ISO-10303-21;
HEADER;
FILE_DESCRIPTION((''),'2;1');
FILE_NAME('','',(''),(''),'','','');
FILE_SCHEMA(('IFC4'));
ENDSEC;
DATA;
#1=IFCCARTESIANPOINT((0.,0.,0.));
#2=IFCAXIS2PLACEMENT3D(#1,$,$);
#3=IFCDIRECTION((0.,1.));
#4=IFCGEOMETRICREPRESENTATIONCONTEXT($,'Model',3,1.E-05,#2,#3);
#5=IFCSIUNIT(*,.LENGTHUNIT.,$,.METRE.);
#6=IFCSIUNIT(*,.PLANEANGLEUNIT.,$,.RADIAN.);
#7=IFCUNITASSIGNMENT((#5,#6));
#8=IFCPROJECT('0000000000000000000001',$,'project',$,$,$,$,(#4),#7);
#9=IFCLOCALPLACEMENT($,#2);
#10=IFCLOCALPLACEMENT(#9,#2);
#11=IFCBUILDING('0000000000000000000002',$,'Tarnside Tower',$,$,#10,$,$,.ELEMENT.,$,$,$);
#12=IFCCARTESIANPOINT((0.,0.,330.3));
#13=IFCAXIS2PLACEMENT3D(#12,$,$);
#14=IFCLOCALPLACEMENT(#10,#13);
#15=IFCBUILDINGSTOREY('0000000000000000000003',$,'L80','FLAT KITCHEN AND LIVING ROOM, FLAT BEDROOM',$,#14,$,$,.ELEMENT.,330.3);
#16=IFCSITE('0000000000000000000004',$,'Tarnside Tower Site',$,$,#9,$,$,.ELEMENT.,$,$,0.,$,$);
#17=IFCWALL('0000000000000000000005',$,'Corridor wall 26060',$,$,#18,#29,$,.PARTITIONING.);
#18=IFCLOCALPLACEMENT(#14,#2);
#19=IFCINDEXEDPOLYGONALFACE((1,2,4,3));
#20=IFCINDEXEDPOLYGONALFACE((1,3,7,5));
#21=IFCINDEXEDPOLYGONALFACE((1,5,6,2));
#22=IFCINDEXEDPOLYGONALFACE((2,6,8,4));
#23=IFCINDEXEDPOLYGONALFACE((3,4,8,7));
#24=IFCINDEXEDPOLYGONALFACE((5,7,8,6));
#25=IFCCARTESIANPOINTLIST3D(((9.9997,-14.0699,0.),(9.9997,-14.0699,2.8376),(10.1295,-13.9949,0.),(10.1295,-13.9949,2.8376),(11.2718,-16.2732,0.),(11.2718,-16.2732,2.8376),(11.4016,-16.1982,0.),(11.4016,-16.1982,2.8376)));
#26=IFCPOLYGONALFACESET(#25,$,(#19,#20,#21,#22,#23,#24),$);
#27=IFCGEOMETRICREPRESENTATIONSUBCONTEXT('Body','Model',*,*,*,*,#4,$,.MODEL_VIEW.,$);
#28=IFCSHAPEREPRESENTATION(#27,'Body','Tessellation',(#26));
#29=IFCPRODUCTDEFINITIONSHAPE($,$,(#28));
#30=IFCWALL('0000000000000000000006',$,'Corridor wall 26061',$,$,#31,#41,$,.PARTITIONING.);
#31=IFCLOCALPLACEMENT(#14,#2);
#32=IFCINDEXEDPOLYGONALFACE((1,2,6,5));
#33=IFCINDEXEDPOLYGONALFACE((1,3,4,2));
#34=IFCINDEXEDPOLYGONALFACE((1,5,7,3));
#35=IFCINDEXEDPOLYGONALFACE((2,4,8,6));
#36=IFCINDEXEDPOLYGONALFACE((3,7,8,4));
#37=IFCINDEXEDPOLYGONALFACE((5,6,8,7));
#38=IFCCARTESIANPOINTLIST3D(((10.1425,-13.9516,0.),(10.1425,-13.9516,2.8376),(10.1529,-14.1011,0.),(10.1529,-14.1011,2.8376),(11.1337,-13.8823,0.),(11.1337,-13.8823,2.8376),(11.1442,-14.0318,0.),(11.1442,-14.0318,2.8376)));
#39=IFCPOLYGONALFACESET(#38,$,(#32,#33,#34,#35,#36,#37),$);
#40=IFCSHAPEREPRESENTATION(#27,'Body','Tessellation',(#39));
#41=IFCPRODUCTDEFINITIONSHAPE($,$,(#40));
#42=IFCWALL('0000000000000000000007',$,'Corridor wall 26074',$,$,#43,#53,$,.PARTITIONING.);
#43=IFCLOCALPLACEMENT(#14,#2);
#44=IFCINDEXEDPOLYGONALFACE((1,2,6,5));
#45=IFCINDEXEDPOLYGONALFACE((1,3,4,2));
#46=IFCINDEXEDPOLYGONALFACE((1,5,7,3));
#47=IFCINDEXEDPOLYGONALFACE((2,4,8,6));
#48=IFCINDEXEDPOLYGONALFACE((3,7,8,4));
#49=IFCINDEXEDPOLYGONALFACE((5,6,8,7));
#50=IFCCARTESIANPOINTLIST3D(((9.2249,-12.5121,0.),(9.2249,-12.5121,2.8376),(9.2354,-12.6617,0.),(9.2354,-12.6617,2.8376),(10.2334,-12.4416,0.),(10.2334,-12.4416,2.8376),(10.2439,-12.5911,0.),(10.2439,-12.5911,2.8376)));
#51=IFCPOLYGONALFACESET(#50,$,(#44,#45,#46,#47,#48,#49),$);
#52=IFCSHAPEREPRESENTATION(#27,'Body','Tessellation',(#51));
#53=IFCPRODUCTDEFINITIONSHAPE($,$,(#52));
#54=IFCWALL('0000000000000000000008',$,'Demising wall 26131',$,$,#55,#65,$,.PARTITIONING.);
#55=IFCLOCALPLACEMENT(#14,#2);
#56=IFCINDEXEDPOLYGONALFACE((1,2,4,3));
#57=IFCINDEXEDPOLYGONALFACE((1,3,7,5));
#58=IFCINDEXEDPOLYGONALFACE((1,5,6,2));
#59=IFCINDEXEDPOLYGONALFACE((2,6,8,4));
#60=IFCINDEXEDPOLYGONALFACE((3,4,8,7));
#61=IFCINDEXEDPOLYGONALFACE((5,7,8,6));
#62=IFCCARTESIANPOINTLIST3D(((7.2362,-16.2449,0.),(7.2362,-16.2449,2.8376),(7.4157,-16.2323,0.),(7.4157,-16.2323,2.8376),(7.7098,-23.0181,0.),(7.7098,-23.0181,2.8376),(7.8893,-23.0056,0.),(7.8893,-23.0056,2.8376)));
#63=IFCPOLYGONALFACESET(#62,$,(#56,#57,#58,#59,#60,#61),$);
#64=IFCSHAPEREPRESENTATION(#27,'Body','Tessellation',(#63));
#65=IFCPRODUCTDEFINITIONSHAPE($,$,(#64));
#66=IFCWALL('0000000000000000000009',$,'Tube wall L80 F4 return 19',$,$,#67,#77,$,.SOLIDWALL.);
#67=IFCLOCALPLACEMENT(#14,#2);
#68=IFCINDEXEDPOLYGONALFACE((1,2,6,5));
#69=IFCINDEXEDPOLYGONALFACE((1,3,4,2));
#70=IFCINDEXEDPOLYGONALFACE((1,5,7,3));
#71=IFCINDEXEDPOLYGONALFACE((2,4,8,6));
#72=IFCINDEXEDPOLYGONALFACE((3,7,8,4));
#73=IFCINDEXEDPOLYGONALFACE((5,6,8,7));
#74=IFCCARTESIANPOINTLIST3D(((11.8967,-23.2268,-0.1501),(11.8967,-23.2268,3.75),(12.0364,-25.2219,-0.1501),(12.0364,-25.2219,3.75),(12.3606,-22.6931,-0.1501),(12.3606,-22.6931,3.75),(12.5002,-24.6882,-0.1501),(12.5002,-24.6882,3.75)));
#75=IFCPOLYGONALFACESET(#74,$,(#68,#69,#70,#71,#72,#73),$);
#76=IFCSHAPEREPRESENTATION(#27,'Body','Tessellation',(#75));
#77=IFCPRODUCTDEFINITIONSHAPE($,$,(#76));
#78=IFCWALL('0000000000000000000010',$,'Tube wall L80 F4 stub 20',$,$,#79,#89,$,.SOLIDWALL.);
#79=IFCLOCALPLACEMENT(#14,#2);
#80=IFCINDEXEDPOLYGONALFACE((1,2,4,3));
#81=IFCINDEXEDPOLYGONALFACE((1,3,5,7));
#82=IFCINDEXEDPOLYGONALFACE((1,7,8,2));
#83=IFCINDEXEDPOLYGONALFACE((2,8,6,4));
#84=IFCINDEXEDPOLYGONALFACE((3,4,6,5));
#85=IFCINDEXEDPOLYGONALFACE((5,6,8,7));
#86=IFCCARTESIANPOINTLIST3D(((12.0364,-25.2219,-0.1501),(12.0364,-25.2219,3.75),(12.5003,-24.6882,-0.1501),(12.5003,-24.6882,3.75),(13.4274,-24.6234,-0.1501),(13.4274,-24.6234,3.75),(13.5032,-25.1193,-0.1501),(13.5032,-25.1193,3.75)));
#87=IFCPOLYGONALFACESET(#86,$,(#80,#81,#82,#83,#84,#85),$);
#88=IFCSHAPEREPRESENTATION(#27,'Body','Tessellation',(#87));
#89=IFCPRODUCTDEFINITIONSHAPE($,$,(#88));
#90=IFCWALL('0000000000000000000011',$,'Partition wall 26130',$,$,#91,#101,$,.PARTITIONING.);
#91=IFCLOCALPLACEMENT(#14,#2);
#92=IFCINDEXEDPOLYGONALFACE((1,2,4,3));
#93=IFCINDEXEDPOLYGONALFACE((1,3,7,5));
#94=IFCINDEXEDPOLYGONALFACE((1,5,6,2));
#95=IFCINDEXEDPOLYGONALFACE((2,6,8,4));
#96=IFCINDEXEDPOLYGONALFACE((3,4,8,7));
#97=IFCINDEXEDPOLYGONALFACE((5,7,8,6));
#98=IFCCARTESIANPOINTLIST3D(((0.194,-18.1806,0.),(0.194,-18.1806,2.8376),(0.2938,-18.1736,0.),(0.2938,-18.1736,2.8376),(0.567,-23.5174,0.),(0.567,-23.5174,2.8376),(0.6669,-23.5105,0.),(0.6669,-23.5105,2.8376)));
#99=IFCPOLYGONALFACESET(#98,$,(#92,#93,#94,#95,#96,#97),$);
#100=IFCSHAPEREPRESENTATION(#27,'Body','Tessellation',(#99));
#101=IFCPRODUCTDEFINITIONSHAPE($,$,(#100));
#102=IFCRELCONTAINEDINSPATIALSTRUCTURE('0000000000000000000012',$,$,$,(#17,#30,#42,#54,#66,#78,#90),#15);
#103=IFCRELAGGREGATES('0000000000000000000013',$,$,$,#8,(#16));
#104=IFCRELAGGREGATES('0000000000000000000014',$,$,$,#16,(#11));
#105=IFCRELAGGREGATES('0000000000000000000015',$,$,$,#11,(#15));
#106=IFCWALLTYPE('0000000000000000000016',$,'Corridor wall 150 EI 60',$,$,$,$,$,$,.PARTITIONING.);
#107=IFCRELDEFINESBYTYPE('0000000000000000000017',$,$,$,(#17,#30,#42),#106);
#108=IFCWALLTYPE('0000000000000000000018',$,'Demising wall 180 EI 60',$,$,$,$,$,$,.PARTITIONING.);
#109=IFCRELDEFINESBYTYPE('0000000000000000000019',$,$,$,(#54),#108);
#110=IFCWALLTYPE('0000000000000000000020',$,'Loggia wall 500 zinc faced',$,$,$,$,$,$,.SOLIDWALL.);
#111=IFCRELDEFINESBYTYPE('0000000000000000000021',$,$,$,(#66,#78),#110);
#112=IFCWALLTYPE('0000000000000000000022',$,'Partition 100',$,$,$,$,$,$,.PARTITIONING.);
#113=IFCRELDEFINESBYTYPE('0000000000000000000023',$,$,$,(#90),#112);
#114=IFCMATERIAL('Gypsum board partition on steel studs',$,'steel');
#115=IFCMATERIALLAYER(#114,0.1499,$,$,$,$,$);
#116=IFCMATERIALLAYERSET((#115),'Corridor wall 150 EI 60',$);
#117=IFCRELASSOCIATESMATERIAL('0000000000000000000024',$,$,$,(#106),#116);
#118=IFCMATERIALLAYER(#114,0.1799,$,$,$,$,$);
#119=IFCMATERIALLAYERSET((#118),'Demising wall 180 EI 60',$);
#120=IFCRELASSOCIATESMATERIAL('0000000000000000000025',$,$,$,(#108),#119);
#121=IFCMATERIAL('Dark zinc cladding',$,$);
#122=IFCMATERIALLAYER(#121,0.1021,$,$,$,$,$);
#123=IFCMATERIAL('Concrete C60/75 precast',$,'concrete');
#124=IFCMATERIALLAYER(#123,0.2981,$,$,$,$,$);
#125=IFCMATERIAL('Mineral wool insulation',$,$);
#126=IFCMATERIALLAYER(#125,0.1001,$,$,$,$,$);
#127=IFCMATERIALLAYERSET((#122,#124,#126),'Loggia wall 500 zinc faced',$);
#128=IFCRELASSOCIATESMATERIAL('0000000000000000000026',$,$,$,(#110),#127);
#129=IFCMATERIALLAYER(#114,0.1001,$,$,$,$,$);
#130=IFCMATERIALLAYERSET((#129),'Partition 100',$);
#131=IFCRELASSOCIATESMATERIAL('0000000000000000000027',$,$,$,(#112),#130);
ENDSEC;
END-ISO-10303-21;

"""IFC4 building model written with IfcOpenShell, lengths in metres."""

from ifc_helpers import new_model, si_unit, direction, frame, frame_2d, origin, place, context, subcontext, project, spatial, polyline, rectangle, outline, extrude, material, layer, layer_set, type_object, element, save


model = new_model("IFC4")

# Units and contexts
model_context = context("Model", 3, precision=1e-05, world=origin(), true_north=direction((0.0, 1.0)))
body_context = subcontext(model_context, "Body", "Model", "MODEL_VIEW")
ifc_project = project(units=[si_unit("LENGTHUNIT", "METRE"), si_unit("PLANEANGLEUNIT", "RADIAN")], contexts=[model_context])

# Site, building, storey
site_placement = place(None, origin())
site = spatial("IfcSite", under=ifc_project, at=site_placement, Name="Tarnside Tower Site", CompositionType="ELEMENT", RefElevation=0.0)
building_placement = place(site_placement, origin())
building = spatial("IfcBuilding", under=site, at=building_placement, Name="Tarnside Tower", CompositionType="ELEMENT")
storey_placement = place(building_placement, frame((0.0, 0.0, 330.3)))
storey = spatial("IfcBuildingStorey", under=building, at=storey_placement, Name="L80", Description="FLAT KITCHEN AND LIVING ROOM, FLAT BEDROOM", CompositionType="ELEMENT", Elevation=330.3)

# Shared definitions
ifc_material_1 = material(Name="Gypsum board partition on steel studs", Category="steel")
ifc_layer_1 = layer(ifc_material_1, 0.1499)
ifc_layer_set_1 = layer_set([ifc_layer_1], Name="Corridor wall 150 EI 60")
wall_type_1 = type_object("IfcWallType", Name="Corridor wall 150 EI 60", PredefinedType="PARTITIONING", material=ifc_layer_set_1)

# Walls
wall_1_placement = place(storey_placement, frame((11.3367, -16.2356, 0.0), z_axis=(0.0, 0.0, 1.0), x_axis=(-0.50003, 0.866008, 0.0)))
element("IfcWall", 1, at=wall_1_placement, inside=storey, type_object=wall_type_1, Name="Corridor wall 26060", PredefinedType="PARTITIONING", context=body_context, shape_type="SweptSolid", body=[
    extrude(rectangle(XDim=2.5442, YDim=0.1499, at=frame_2d((1.272, 0.0))), origin(), (0.0, 0.0, 1.0), 2.8376),
])
wall_2_placement = place(storey_placement, frame((10.1477, -14.0264, 0.0), z_axis=(0.0, 0.0, 1.0), x_axis=(0.997562, 0.06978, 0.0)))
element("IfcWall", 2, at=wall_2_placement, inside=storey, type_object=wall_type_1, Name="Corridor wall 26061", PredefinedType="PARTITIONING", context=body_context, shape_type="SweptSolid", body=[
    extrude(rectangle(XDim=0.9937, YDim=0.1499, at=frame_2d((0.4968, 0.0))), origin(), (0.0, 0.0, 1.0), 2.8376),
])
wall_3_placement = place(storey_placement, frame((10.2385, -12.5164, 0.0), z_axis=(0.0, 0.0, 1.0), x_axis=(-0.997562, -0.069788, 0.0)))
element("IfcWall", 3, at=wall_3_placement, inside=storey, type_object=wall_type_1, Name="Corridor wall 26074", PredefinedType="PARTITIONING", context=body_context, shape_type="SweptSolid", body=[
    extrude(rectangle(XDim=1.011, YDim=0.1499, at=frame_2d((0.5054, 0.0))), origin(), (0.0, 0.0, 1.0), 2.8376),
])
ifc_layer_2 = layer(ifc_material_1, 0.1799)
ifc_layer_set_2 = layer_set([ifc_layer_2], Name="Demising wall 180 EI 60")
wall_type_2 = type_object("IfcWallType", Name="Demising wall 180 EI 60", PredefinedType="PARTITIONING", material=ifc_layer_set_2)
wall_4_placement = place(storey_placement, frame((7.7996, -23.012, 0.0), z_axis=(0.0, 0.0, 1.0), x_axis=(-0.069757, 0.997564, 0.0)))
element("IfcWall", 4, at=wall_4_placement, inside=storey, type_object=wall_type_2, Name="Demising wall 26131", PredefinedType="PARTITIONING", context=body_context, shape_type="SweptSolid", body=[
    extrude(rectangle(XDim=6.7898, YDim=0.1799, at=frame_2d((3.395, 0.0))), origin(), (0.0, 0.0, 1.0), 2.8376),
])
ifc_material_2 = material(Name="Dark zinc cladding")
ifc_layer_3 = layer(ifc_material_2, 0.1021)
ifc_material_3 = material(Name="Concrete C60/75 precast", Category="concrete")
ifc_layer_4 = layer(ifc_material_3, 0.2981)
ifc_material_4 = material(Name="Mineral wool insulation")
ifc_layer_5 = layer(ifc_material_4, 0.1001)
ifc_layer_set_3 = layer_set([ifc_layer_3, ifc_layer_4, ifc_layer_5], Name="Loggia wall 500 zinc faced")
wall_type_3 = type_object("IfcWallType", Name="Loggia wall 500 zinc faced", PredefinedType="SOLIDWALL", material=ifc_layer_set_3)
wall_5_placement = place(storey_placement, frame((12.1287, -22.96, -0.1501), z_axis=(0.0, 0.0, 1.0), x_axis=(0.069824, -0.997559, 0.0)))
element("IfcWall", 5, at=wall_5_placement, inside=storey, type_object=wall_type_3, Name="Tube wall L80 F4 return 19", PredefinedType="SOLIDWALL", context=body_context, shape_type="SweptSolid", body=[
    extrude(outline(polyline([(0.25, -0.25), (2.25, -0.25), (1.75, 0.25), (-0.25, 0.25), (0.25, -0.25)])), origin(), (0.0, 0.0, 1.0), 3.9001),
])
wall_6_placement = place(storey_placement, frame((12.2683, -24.9551, -0.1501), z_axis=(0.0, 0.0, 1.0), x_axis=(0.997562, 0.069787, 0.0)))
element("IfcWall", 6, at=wall_6_placement, inside=storey, type_object=wall_type_3, Name="Tube wall L80 F4 stub 20", PredefinedType="SOLIDWALL", context=body_context, shape_type="SweptSolid", body=[
    extrude(outline(polyline([(-0.25, -0.25), (1.2205, -0.25), (1.1794, 0.25), (0.25, 0.25), (-0.25, -0.25)])), origin(), (0.0, 0.0, 1.0), 3.9001),
])
ifc_layer_6 = layer(ifc_material_1, 0.1001)
ifc_layer_set_4 = layer_set([ifc_layer_6], Name="Partition 100")
wall_type_4 = type_object("IfcWallType", Name="Partition 100", PredefinedType="PARTITIONING", material=ifc_layer_set_4)
wall_7_placement = place(storey_placement, frame((0.2439, -18.1772, 0.0), z_axis=(0.0, 0.0, 1.0), x_axis=(0.069729, -0.997566, 0.0)))
element("IfcWall", 7, at=wall_7_placement, inside=storey, type_object=wall_type_4, Name="Partition wall 26130", PredefinedType="PARTITIONING", context=body_context, shape_type="SweptSolid", body=[
    extrude(rectangle(XDim=5.3499, YDim=0.1001, at=frame_2d((2.6748, 0.0))), origin(), (0.0, 0.0, 1.0), 2.8376),
])

save(model, "model.ifc")
